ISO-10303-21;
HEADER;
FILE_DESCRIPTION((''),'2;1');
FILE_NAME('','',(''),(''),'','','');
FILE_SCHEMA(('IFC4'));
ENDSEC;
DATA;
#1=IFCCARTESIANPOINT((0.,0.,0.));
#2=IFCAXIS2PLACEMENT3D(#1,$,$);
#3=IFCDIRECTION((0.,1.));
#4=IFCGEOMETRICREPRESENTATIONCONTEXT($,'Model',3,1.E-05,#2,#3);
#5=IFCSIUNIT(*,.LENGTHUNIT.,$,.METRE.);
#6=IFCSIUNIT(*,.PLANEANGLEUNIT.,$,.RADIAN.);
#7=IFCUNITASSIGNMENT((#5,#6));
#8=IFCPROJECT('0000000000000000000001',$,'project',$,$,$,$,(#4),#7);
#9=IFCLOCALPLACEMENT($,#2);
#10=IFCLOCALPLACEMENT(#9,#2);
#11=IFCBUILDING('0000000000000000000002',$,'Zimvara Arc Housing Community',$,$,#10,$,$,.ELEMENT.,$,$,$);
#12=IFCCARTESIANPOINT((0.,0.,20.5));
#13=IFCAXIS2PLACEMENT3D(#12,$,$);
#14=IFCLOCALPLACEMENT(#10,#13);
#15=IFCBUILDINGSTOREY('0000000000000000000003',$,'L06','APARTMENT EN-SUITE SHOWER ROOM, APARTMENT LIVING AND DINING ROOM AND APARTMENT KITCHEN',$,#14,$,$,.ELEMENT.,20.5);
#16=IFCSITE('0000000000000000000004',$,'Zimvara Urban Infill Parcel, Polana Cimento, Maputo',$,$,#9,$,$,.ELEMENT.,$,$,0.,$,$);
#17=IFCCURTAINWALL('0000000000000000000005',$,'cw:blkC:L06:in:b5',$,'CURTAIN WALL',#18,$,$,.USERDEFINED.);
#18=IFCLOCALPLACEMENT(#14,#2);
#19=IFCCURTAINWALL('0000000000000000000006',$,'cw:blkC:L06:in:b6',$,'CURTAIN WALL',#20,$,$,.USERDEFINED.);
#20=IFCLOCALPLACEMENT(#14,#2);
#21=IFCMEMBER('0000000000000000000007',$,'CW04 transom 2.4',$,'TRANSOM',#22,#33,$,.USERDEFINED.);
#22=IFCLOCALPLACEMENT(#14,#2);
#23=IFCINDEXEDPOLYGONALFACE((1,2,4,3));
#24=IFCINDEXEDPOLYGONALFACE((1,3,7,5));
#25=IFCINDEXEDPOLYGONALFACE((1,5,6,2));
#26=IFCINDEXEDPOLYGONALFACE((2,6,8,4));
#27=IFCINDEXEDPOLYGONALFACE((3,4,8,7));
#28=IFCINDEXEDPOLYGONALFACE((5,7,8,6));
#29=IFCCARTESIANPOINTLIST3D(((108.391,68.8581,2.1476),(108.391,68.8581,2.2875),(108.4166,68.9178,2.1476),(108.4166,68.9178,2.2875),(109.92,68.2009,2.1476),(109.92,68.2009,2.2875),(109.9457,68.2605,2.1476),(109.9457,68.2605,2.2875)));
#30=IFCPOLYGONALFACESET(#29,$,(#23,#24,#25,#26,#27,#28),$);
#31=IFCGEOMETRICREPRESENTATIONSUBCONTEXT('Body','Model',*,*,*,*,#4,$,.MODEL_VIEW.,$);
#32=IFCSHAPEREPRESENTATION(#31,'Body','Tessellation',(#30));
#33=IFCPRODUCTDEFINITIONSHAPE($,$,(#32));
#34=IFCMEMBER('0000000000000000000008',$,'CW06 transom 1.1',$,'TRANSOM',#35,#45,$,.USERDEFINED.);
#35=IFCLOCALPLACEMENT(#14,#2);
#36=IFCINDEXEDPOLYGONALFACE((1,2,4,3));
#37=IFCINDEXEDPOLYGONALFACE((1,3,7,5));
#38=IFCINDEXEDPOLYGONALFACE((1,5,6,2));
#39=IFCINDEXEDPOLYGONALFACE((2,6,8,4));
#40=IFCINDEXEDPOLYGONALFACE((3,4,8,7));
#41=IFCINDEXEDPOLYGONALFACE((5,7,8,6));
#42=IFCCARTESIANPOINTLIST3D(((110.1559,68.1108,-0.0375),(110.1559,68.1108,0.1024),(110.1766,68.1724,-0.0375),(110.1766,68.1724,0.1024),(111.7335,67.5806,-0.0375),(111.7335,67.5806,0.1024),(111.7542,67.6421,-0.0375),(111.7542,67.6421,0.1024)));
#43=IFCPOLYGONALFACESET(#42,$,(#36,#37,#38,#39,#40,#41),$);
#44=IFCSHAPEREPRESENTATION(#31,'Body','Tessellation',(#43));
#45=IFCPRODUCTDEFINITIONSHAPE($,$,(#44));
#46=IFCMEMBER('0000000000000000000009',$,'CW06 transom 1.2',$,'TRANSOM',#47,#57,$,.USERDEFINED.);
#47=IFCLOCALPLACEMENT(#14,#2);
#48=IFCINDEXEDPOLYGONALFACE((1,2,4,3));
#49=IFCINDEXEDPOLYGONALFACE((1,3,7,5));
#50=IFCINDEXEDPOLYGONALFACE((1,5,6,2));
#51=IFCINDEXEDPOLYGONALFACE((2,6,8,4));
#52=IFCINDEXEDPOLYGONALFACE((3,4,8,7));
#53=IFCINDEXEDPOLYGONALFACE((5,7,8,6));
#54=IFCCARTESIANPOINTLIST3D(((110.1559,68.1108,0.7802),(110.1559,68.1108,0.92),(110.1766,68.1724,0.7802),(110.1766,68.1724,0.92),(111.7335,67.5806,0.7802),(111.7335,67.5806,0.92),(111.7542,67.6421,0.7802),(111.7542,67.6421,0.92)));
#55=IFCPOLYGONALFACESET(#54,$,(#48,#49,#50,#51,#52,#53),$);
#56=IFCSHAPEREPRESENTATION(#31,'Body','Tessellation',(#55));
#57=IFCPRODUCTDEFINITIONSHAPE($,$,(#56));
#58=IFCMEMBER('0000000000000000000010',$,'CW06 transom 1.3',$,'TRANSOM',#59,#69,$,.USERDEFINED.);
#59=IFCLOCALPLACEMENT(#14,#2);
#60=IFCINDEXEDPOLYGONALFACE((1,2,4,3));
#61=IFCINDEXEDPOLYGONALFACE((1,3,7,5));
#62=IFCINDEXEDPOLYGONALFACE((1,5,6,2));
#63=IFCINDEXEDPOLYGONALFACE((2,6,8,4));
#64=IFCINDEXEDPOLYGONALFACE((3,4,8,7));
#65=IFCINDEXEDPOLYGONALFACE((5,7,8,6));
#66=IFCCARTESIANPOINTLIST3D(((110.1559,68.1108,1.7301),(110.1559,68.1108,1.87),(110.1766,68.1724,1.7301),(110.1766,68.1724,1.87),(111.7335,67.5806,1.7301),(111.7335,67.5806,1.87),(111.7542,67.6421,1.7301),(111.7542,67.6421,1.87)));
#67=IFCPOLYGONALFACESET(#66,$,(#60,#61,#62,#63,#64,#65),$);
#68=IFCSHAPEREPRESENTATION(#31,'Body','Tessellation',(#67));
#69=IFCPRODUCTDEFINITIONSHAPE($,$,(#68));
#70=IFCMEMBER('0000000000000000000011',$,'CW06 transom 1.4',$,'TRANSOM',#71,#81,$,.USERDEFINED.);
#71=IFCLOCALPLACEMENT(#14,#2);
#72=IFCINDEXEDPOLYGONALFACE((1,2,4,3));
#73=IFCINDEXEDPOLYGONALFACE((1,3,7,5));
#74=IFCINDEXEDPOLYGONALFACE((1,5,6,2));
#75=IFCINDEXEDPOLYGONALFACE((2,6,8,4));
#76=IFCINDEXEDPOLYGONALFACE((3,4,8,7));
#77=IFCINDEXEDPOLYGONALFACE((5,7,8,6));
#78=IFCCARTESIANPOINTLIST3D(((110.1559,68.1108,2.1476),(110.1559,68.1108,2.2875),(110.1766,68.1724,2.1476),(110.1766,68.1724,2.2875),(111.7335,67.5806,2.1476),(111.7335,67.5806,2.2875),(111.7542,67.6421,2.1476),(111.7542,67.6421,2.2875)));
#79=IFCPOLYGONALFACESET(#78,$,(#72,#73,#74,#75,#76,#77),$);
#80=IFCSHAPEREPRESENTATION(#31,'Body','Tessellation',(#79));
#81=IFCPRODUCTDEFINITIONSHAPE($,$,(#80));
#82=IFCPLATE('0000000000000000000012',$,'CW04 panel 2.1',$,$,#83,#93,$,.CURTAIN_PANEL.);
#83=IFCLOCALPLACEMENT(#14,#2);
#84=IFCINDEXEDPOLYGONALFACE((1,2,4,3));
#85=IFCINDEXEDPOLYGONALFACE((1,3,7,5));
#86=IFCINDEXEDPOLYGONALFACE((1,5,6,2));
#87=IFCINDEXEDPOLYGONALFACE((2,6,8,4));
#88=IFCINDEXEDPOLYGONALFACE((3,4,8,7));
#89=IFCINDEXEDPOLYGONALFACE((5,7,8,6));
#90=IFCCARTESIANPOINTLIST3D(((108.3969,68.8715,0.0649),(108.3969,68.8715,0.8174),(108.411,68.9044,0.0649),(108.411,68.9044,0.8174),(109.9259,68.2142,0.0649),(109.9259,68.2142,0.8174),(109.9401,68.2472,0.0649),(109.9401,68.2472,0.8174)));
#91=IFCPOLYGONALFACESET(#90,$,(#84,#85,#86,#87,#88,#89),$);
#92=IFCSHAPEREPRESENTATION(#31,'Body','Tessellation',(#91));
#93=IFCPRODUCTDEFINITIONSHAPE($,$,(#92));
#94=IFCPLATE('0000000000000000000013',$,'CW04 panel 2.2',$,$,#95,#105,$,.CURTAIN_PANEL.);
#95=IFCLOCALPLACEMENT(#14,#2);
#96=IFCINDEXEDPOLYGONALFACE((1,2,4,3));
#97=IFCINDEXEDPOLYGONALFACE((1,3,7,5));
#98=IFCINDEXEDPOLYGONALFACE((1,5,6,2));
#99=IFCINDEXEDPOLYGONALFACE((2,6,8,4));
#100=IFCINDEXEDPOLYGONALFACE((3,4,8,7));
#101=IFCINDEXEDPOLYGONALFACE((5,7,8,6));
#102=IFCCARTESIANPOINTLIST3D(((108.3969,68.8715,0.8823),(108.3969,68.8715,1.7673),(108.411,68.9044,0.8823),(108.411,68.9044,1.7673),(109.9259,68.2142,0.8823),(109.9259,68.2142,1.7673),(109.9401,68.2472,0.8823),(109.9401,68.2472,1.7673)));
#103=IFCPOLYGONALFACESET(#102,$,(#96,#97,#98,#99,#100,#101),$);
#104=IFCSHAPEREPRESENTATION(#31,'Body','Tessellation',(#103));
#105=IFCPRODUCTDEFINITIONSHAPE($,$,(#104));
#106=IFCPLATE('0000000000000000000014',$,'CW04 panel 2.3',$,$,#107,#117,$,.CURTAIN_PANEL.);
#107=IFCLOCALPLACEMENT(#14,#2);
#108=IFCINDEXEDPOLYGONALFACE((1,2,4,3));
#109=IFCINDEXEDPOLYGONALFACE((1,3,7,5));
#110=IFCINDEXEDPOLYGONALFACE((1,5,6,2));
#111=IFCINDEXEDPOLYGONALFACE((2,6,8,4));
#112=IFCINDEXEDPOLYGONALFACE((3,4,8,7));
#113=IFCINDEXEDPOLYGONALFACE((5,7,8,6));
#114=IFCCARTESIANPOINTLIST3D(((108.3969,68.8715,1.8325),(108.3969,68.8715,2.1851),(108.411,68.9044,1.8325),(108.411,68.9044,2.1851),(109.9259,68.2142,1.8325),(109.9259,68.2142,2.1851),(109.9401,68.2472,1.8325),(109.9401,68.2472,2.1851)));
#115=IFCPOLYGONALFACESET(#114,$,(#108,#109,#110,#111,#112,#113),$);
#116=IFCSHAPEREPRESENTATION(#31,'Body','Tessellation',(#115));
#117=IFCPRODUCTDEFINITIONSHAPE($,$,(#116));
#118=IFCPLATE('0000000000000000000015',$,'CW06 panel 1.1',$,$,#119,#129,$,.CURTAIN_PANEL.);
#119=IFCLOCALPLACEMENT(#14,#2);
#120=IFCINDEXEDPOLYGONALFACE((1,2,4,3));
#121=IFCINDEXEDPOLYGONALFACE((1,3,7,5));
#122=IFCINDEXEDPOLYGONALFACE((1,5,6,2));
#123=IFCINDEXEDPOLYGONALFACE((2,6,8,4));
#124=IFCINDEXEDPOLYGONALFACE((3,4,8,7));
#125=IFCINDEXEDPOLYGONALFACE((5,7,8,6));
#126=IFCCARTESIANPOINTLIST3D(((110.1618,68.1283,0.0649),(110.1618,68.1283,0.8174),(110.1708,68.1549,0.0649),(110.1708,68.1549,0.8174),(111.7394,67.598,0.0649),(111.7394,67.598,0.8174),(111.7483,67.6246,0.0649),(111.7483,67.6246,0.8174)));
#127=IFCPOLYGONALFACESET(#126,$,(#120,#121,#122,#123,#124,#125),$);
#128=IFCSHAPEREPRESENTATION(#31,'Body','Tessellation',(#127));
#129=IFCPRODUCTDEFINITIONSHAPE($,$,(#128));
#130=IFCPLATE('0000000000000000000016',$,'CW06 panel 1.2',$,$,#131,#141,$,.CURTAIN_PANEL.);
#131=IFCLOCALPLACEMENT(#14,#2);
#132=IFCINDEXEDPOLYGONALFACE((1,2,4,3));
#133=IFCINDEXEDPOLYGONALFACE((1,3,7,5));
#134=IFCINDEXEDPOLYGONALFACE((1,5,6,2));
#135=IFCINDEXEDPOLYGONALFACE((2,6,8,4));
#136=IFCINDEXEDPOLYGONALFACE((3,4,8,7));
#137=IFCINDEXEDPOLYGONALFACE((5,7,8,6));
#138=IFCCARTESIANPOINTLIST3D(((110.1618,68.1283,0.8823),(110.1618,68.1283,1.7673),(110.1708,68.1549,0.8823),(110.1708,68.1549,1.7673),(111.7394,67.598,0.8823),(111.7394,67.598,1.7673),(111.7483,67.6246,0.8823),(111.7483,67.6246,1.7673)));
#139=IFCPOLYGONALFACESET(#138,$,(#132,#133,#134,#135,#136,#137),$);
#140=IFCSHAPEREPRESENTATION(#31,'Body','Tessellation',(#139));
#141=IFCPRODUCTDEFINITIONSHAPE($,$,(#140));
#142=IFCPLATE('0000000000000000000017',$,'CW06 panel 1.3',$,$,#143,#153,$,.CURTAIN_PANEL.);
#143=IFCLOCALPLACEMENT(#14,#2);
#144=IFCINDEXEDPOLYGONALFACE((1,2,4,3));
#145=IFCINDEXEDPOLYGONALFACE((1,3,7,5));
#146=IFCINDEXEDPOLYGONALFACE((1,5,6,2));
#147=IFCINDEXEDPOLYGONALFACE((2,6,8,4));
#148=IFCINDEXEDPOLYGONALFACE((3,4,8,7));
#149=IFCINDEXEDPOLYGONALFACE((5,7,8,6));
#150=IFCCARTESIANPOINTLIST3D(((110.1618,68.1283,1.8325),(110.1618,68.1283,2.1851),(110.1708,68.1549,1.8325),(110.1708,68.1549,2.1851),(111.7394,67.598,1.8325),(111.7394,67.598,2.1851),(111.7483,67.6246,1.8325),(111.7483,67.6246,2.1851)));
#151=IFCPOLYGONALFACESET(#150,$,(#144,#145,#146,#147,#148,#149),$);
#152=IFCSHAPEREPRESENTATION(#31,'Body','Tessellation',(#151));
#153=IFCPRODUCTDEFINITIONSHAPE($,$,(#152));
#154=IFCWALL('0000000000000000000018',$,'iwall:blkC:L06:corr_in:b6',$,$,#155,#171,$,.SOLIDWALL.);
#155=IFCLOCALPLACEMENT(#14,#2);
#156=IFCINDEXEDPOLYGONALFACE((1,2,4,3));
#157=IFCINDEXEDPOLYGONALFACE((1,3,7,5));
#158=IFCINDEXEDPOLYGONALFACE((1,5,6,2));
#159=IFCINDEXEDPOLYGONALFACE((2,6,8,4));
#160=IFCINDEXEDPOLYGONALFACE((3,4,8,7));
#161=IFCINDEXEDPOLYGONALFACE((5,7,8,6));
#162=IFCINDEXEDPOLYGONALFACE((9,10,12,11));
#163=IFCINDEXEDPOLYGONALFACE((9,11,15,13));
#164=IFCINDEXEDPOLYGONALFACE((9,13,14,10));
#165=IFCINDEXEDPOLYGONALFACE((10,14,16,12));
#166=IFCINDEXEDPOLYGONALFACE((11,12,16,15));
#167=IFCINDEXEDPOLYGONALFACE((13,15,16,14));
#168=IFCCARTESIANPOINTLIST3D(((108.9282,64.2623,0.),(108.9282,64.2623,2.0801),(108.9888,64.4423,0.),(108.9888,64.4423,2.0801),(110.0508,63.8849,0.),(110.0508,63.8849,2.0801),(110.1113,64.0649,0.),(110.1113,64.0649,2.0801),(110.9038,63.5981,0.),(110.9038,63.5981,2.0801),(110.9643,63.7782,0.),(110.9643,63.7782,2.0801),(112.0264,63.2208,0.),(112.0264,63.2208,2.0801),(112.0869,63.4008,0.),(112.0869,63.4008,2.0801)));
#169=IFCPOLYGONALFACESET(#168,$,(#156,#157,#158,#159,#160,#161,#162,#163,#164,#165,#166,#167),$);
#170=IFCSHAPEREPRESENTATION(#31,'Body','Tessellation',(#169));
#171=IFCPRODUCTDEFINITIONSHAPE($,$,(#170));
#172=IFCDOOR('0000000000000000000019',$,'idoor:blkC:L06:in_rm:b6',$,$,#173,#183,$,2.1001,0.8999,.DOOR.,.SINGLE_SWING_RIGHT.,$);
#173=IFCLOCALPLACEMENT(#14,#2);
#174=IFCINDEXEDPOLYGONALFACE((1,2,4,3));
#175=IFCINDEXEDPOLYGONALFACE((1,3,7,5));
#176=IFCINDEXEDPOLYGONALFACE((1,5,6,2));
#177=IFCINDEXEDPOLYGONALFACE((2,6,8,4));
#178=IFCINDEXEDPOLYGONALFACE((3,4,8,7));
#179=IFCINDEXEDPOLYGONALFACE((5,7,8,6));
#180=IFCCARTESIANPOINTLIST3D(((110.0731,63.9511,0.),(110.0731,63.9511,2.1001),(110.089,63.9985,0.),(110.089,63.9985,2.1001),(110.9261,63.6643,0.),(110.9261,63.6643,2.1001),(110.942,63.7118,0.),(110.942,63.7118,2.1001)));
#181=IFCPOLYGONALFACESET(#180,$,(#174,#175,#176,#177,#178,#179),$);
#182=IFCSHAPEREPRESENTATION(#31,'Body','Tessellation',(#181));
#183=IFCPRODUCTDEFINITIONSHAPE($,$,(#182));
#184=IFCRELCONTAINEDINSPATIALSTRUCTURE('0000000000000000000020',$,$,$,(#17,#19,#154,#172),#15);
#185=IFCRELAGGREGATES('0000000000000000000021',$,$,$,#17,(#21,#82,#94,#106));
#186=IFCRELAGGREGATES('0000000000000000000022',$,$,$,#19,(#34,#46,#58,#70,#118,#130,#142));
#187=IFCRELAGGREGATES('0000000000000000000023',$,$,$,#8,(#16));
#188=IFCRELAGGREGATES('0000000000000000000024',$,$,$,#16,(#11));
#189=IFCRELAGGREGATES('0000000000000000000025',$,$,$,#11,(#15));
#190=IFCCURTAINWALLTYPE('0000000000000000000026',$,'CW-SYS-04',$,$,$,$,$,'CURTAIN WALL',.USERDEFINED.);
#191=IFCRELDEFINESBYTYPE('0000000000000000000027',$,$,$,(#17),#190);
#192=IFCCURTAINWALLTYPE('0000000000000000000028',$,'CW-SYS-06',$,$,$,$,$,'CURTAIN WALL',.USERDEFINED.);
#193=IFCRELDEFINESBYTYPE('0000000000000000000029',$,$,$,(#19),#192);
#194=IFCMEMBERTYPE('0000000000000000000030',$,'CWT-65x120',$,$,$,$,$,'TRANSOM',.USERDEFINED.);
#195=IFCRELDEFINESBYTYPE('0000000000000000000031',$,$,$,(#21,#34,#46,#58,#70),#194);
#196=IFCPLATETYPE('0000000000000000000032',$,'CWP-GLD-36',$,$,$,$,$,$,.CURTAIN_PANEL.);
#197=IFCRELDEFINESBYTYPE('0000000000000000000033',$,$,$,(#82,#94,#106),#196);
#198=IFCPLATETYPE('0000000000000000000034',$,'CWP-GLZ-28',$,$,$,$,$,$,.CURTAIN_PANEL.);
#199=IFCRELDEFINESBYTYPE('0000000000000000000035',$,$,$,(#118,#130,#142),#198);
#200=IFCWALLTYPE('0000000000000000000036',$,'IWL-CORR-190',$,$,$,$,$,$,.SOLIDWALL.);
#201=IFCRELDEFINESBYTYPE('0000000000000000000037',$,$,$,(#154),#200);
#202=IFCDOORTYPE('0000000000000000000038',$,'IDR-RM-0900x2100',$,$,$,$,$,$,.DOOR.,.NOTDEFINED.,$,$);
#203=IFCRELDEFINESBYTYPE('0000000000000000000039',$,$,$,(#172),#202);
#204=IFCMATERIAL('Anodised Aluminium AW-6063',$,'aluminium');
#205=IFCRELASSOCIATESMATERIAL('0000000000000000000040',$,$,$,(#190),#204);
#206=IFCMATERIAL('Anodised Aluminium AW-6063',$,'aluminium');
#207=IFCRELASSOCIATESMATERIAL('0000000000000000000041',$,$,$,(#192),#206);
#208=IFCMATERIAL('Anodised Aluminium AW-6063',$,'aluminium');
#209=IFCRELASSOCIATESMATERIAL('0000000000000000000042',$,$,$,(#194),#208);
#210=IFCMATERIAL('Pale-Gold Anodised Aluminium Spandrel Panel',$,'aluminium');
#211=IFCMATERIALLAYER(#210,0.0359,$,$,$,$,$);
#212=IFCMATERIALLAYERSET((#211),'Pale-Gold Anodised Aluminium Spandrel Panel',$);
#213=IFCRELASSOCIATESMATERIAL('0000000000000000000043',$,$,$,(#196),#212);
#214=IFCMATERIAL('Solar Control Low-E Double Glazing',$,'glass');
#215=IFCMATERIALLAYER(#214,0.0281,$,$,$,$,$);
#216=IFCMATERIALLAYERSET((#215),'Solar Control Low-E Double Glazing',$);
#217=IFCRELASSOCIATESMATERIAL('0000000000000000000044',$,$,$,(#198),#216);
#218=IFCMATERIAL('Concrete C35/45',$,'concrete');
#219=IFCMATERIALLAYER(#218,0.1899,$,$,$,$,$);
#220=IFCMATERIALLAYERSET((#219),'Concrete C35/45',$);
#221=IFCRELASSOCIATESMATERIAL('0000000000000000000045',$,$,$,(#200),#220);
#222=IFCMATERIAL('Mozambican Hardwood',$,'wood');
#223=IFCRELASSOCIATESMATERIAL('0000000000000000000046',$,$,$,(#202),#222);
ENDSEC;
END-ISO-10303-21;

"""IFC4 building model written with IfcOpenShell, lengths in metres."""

from ifc_helpers import new_model, si_unit, direction, frame, frame_2d, origin, origin_2d, place, context, subcontext, project, spatial, rectangle, extrude, material, layer, layer_set, material_profile, profile_set, type_object, element, fill, aggregate, save


model = new_model("IFC4")

# Units and contexts
model_context = context("Model", 3, precision=1e-05, world=origin(), true_north=direction((0.0, 1.0)))
body_context = subcontext(model_context, "Body", "Model", "MODEL_VIEW")
ifc_project = project(units=[si_unit("LENGTHUNIT", "METRE"), si_unit("PLANEANGLEUNIT", "RADIAN")], contexts=[model_context])

# Site, building, storey
site_placement = place(None, origin())
site = spatial("IfcSite", under=ifc_project, at=site_placement, Name="Zimvara Urban Infill Parcel, Polana Cimento, Maputo", CompositionType="ELEMENT", RefElevation=0.0)
building_placement = place(site_placement, origin())
building = spatial("IfcBuilding", under=site, at=building_placement, Name="Zimvara Arc Housing Community", CompositionType="ELEMENT")
storey_placement = place(building_placement, frame((0.0, 0.0, 20.5)))
storey = spatial("IfcBuildingStorey", under=building, at=storey_placement, Name="L06", Description="APARTMENT EN-SUITE SHOWER ROOM, APARTMENT LIVING AND DINING ROOM AND APARTMENT KITCHEN", CompositionType="ELEMENT", Elevation=20.5)

# Curtain walls
ifc_material_1 = material(Name="Anodised Aluminium AW-6063", Category="aluminium")
curtain_wall_type_1 = type_object("IfcCurtainWallType", Name="CW-SYS-04", ElementType="CURTAIN WALL", PredefinedType="USERDEFINED", material=ifc_material_1)
curtain_wall_1_placement = place(storey_placement, origin())
curtain_wall_1 = element("IfcCurtainWall", 1, at=curtain_wall_1_placement, inside=storey, type_object=curtain_wall_type_1, Name="cw:blkC:L06:in:b5", ObjectType="CURTAIN WALL", PredefinedType="USERDEFINED")
ifc_material_2 = material(Name="Anodised Aluminium AW-6063", Category="aluminium")
curtain_wall_type_2 = type_object("IfcCurtainWallType", Name="CW-SYS-06", ElementType="CURTAIN WALL", PredefinedType="USERDEFINED", material=ifc_material_2)
curtain_wall_2_placement = place(storey_placement, origin())
curtain_wall_2 = element("IfcCurtainWall", 2, at=curtain_wall_2_placement, inside=storey, type_object=curtain_wall_type_2, Name="cw:blkC:L06:in:b6", ObjectType="CURTAIN WALL", PredefinedType="USERDEFINED")

# Members
ifc_material_3 = material(Name="Anodised Aluminium AW-6063", Category="aluminium")
ifc_material_profile_1 = material_profile(ifc_material_3, rectangle(XDim=0.0649, YDim=0.1399, at=origin_2d()), Name="ALU 65x140")
ifc_profile_set_1 = profile_set([ifc_material_profile_1], Name="Anodised Aluminium AW-6063")
member_type_1 = type_object("IfcMemberType", Name="CWT-65x120", ElementType="TRANSOM", PredefinedType="USERDEFINED", material=ifc_profile_set_1)
member_1_placement = place(storey_placement, frame((108.4038, 68.8879, 2.2175), z_axis=(0.918727, -0.394893, 0.0), x_axis=(0.394893, 0.918727, 0.0)))
member_1 = element("IfcMember", 3, at=member_1_placement, type_object=member_type_1, Name="CW04 transom 2.4", ObjectType="TRANSOM", PredefinedType="USERDEFINED", context=body_context, shape_type="SweptSolid", body=[
    extrude(rectangle(XDim=0.0649, YDim=0.1399, at=origin_2d()), origin(), (0.0, 0.0, 1.0), 1.6643),
])
member_2_placement = place(storey_placement, frame((110.1663, 68.1416, 0.0325), z_axis=(0.947888, -0.318603, 0.0), x_axis=(0.318603, 0.947888, 0.0)))
member_2 = element("IfcMember", 4, at=member_2_placement, type_object=member_type_1, Name="CW06 transom 1.1", ObjectType="TRANSOM", PredefinedType="USERDEFINED", context=body_context, shape_type="SweptSolid", body=[
    extrude(rectangle(XDim=0.0649, YDim=0.1399, at=origin_2d()), origin(), (0.0, 0.0, 1.0), 1.6643),
])
member_3_placement = place(storey_placement, frame((110.1663, 68.1416, 0.8501), z_axis=(0.947888, -0.318603, 0.0), x_axis=(0.318603, 0.947888, 0.0)))
member_3 = element("IfcMember", 5, at=member_3_placement, type_object=member_type_1, Name="CW06 transom 1.2", ObjectType="TRANSOM", PredefinedType="USERDEFINED", context=body_context, shape_type="SweptSolid", body=[
    extrude(rectangle(XDim=0.0649, YDim=0.1399, at=origin_2d()), origin(), (0.0, 0.0, 1.0), 1.6643),
])
member_4_placement = place(storey_placement, frame((110.1663, 68.1416, 1.8), z_axis=(0.947888, -0.318603, 0.0), x_axis=(0.318603, 0.947888, 0.0)))
member_4 = element("IfcMember", 6, at=member_4_placement, type_object=member_type_1, Name="CW06 transom 1.3", ObjectType="TRANSOM", PredefinedType="USERDEFINED", context=body_context, shape_type="SweptSolid", body=[
    extrude(rectangle(XDim=0.0649, YDim=0.1399, at=origin_2d()), origin(), (0.0, 0.0, 1.0), 1.6643),
])
member_5_placement = place(storey_placement, frame((110.1663, 68.1416, 2.2175), z_axis=(0.947888, -0.318603, 0.0), x_axis=(0.318603, 0.947888, 0.0)))
member_5 = element("IfcMember", 7, at=member_5_placement, type_object=member_type_1, Name="CW06 transom 1.4", ObjectType="TRANSOM", PredefinedType="USERDEFINED", context=body_context, shape_type="SweptSolid", body=[
    extrude(rectangle(XDim=0.0649, YDim=0.1399, at=origin_2d()), origin(), (0.0, 0.0, 1.0), 1.6643),
])

# Plates
ifc_material_4 = material(Name="Pale-Gold Anodised Aluminium Spandrel Panel", Category="aluminium")
ifc_layer_1 = layer(ifc_material_4, 0.0359)
ifc_layer_set_1 = layer_set([ifc_layer_1], Name="Pale-Gold Anodised Aluminium Spandrel Panel")
plate_type_1 = type_object("IfcPlateType", Name="CWP-GLD-36", PredefinedType="CURTAIN_PANEL", material=ifc_layer_set_1)
plate_1_placement = place(storey_placement, frame((109.1685, 68.5593, 0.0649), z_axis=(0.0, 0.0, 1.0), x_axis=(0.918722, -0.394904, 0.0)))
plate_1 = element("IfcPlate", 8, at=plate_1_placement, type_object=plate_type_1, Name="CW04 panel 2.1", PredefinedType="CURTAIN_PANEL", context=body_context, shape_type="SweptSolid", body=[
    extrude(rectangle(XDim=1.6643, YDim=0.0359, at=origin_2d()), origin(), (0.0, 0.0, 1.0), 0.7524),
])
plate_2_placement = place(storey_placement, frame((109.1685, 68.5593, 0.8823), z_axis=(0.0, 0.0, 1.0), x_axis=(0.918722, -0.394904, 0.0)))
plate_2 = element("IfcPlate", 9, at=plate_2_placement, type_object=plate_type_1, Name="CW04 panel 2.2", PredefinedType="CURTAIN_PANEL", context=body_context, shape_type="SweptSolid", body=[
    extrude(rectangle(XDim=1.6643, YDim=0.0359, at=origin_2d()), origin(), (0.0, 0.0, 1.0), 0.885),
])
plate_3_placement = place(storey_placement, frame((109.1685, 68.5593, 1.8325), z_axis=(0.0, 0.0, 1.0), x_axis=(0.918722, -0.394904, 0.0)))
plate_3 = element("IfcPlate", 10, at=plate_3_placement, type_object=plate_type_1, Name="CW04 panel 2.3", PredefinedType="CURTAIN_PANEL", context=body_context, shape_type="SweptSolid", body=[
    extrude(rectangle(XDim=1.6643, YDim=0.0359, at=origin_2d()), origin(), (0.0, 0.0, 1.0), 0.3525),
])
aggregate(curtain_wall_1, [member_1, plate_1, plate_2, plate_3])
ifc_material_5 = material(Name="Solar Control Low-E Double Glazing", Category="glass")
ifc_layer_2 = layer(ifc_material_5, 0.0281)
ifc_layer_set_2 = layer_set([ifc_layer_2], Name="Solar Control Low-E Double Glazing")
plate_type_2 = type_object("IfcPlateType", Name="CWP-GLZ-28", PredefinedType="CURTAIN_PANEL", material=ifc_layer_set_2)
plate_4_placement = place(storey_placement, frame((110.9551, 67.8765, 0.0649), z_axis=(0.0, 0.0, 1.0), x_axis=(0.947879, -0.31863, 0.0)))
plate_4 = element("IfcPlate", 11, at=plate_4_placement, type_object=plate_type_2, Name="CW06 panel 1.1", PredefinedType="CURTAIN_PANEL", context=body_context, shape_type="SweptSolid", body=[
    extrude(rectangle(XDim=1.6643, YDim=0.0281, at=origin_2d()), origin(), (0.0, 0.0, 1.0), 0.7524),
])
plate_5_placement = place(storey_placement, frame((110.9551, 67.8765, 0.8823), z_axis=(0.0, 0.0, 1.0), x_axis=(0.947879, -0.31863, 0.0)))
plate_5 = element("IfcPlate", 12, at=plate_5_placement, type_object=plate_type_2, Name="CW06 panel 1.2", PredefinedType="CURTAIN_PANEL", context=body_context, shape_type="SweptSolid", body=[
    extrude(rectangle(XDim=1.6643, YDim=0.0281, at=origin_2d()), origin(), (0.0, 0.0, 1.0), 0.885),
])
plate_6_placement = place(storey_placement, frame((110.9551, 67.8765, 1.8325), z_axis=(0.0, 0.0, 1.0), x_axis=(0.947879, -0.31863, 0.0)))
plate_6 = element("IfcPlate", 13, at=plate_6_placement, type_object=plate_type_2, Name="CW06 panel 1.3", PredefinedType="CURTAIN_PANEL", context=body_context, shape_type="SweptSolid", body=[
    extrude(rectangle(XDim=1.6643, YDim=0.0281, at=origin_2d()), origin(), (0.0, 0.0, 1.0), 0.3525),
])
aggregate(curtain_wall_2, [member_2, member_3, member_4, member_5, plate_4, plate_5, plate_6])

# Wall, opening, door
ifc_material_6 = material(Name="Concrete C35/45", Category="concrete")
ifc_layer_3 = layer(ifc_material_6, 0.1899)
ifc_layer_set_3 = layer_set([ifc_layer_3], Name="Concrete C35/45")
wall_type_1 = type_object("IfcWallType", Name="IWL-CORR-190", PredefinedType="SOLIDWALL", material=ifc_layer_set_3)
wall_1_placement = place(storey_placement, frame((108.9585, 64.3523, 0.0), z_axis=(0.0, 0.0, 1.0), x_axis=(0.947874, -0.318647, 0.0)))
wall_1 = element("IfcWall", 14, at=wall_1_placement, inside=storey, type_object=wall_type_1, Name="iwall:blkC:L06:corr_in:b6", PredefinedType="SOLIDWALL", context=body_context, shape_type="SweptSolid", body=[
    extrude(rectangle(XDim=3.2686, YDim=0.1899, at=frame_2d((1.6343, 0.0))), origin(), (0.0, 0.0, 1.0), 2.0801),
])
opening_1_placement = place(wall_1_placement, frame((1.1843, 0.0, 0.0)))
opening_1 = element("IfcOpeningElement", 15, at=opening_1_placement, cuts=wall_1, PredefinedType="OPENING", context=body_context, shape_type="SweptSolid", body=[
    extrude(rectangle(XDim=0.8999, YDim=2.1001, at=frame_2d((0.45, 1.05))), frame((0.0, 0.105, 0.0), z_axis=(0.0, -1.0, 0.0), x_axis=(1.0, 0.0, 0.0)), (0.0, 0.0, 1.0), 0.21),
])
ifc_material_7 = material(Name="Mozambican Hardwood", Category="wood")
door_type_1 = type_object("IfcDoorType", Name="IDR-RM-0900x2100", OperationType="NOTDEFINED", PredefinedType="DOOR", material=ifc_material_7)
door_1_placement = place(opening_1_placement, origin())
door_1 = element("IfcDoor", 16, at=door_1_placement, inside=storey, type_object=door_type_1, Name="idoor:blkC:L06:in_rm:b6", OperationType="SINGLE_SWING_RIGHT", OverallHeight=2.1001, OverallWidth=0.8999, PredefinedType="DOOR", context=body_context, shape_type="SweptSolid", body=[
    extrude(rectangle(XDim=0.8999, YDim=2.1001, at=frame_2d((0.45, 1.05))), frame((0.0, 0.0249, 0.0), z_axis=(0.0, -1.0, 0.0), x_axis=(1.0, 0.0, 0.0)), (0.0, 0.0, 1.0), 0.05),
])
fill(opening_1, door_1)

save(model, "model.ifc")
